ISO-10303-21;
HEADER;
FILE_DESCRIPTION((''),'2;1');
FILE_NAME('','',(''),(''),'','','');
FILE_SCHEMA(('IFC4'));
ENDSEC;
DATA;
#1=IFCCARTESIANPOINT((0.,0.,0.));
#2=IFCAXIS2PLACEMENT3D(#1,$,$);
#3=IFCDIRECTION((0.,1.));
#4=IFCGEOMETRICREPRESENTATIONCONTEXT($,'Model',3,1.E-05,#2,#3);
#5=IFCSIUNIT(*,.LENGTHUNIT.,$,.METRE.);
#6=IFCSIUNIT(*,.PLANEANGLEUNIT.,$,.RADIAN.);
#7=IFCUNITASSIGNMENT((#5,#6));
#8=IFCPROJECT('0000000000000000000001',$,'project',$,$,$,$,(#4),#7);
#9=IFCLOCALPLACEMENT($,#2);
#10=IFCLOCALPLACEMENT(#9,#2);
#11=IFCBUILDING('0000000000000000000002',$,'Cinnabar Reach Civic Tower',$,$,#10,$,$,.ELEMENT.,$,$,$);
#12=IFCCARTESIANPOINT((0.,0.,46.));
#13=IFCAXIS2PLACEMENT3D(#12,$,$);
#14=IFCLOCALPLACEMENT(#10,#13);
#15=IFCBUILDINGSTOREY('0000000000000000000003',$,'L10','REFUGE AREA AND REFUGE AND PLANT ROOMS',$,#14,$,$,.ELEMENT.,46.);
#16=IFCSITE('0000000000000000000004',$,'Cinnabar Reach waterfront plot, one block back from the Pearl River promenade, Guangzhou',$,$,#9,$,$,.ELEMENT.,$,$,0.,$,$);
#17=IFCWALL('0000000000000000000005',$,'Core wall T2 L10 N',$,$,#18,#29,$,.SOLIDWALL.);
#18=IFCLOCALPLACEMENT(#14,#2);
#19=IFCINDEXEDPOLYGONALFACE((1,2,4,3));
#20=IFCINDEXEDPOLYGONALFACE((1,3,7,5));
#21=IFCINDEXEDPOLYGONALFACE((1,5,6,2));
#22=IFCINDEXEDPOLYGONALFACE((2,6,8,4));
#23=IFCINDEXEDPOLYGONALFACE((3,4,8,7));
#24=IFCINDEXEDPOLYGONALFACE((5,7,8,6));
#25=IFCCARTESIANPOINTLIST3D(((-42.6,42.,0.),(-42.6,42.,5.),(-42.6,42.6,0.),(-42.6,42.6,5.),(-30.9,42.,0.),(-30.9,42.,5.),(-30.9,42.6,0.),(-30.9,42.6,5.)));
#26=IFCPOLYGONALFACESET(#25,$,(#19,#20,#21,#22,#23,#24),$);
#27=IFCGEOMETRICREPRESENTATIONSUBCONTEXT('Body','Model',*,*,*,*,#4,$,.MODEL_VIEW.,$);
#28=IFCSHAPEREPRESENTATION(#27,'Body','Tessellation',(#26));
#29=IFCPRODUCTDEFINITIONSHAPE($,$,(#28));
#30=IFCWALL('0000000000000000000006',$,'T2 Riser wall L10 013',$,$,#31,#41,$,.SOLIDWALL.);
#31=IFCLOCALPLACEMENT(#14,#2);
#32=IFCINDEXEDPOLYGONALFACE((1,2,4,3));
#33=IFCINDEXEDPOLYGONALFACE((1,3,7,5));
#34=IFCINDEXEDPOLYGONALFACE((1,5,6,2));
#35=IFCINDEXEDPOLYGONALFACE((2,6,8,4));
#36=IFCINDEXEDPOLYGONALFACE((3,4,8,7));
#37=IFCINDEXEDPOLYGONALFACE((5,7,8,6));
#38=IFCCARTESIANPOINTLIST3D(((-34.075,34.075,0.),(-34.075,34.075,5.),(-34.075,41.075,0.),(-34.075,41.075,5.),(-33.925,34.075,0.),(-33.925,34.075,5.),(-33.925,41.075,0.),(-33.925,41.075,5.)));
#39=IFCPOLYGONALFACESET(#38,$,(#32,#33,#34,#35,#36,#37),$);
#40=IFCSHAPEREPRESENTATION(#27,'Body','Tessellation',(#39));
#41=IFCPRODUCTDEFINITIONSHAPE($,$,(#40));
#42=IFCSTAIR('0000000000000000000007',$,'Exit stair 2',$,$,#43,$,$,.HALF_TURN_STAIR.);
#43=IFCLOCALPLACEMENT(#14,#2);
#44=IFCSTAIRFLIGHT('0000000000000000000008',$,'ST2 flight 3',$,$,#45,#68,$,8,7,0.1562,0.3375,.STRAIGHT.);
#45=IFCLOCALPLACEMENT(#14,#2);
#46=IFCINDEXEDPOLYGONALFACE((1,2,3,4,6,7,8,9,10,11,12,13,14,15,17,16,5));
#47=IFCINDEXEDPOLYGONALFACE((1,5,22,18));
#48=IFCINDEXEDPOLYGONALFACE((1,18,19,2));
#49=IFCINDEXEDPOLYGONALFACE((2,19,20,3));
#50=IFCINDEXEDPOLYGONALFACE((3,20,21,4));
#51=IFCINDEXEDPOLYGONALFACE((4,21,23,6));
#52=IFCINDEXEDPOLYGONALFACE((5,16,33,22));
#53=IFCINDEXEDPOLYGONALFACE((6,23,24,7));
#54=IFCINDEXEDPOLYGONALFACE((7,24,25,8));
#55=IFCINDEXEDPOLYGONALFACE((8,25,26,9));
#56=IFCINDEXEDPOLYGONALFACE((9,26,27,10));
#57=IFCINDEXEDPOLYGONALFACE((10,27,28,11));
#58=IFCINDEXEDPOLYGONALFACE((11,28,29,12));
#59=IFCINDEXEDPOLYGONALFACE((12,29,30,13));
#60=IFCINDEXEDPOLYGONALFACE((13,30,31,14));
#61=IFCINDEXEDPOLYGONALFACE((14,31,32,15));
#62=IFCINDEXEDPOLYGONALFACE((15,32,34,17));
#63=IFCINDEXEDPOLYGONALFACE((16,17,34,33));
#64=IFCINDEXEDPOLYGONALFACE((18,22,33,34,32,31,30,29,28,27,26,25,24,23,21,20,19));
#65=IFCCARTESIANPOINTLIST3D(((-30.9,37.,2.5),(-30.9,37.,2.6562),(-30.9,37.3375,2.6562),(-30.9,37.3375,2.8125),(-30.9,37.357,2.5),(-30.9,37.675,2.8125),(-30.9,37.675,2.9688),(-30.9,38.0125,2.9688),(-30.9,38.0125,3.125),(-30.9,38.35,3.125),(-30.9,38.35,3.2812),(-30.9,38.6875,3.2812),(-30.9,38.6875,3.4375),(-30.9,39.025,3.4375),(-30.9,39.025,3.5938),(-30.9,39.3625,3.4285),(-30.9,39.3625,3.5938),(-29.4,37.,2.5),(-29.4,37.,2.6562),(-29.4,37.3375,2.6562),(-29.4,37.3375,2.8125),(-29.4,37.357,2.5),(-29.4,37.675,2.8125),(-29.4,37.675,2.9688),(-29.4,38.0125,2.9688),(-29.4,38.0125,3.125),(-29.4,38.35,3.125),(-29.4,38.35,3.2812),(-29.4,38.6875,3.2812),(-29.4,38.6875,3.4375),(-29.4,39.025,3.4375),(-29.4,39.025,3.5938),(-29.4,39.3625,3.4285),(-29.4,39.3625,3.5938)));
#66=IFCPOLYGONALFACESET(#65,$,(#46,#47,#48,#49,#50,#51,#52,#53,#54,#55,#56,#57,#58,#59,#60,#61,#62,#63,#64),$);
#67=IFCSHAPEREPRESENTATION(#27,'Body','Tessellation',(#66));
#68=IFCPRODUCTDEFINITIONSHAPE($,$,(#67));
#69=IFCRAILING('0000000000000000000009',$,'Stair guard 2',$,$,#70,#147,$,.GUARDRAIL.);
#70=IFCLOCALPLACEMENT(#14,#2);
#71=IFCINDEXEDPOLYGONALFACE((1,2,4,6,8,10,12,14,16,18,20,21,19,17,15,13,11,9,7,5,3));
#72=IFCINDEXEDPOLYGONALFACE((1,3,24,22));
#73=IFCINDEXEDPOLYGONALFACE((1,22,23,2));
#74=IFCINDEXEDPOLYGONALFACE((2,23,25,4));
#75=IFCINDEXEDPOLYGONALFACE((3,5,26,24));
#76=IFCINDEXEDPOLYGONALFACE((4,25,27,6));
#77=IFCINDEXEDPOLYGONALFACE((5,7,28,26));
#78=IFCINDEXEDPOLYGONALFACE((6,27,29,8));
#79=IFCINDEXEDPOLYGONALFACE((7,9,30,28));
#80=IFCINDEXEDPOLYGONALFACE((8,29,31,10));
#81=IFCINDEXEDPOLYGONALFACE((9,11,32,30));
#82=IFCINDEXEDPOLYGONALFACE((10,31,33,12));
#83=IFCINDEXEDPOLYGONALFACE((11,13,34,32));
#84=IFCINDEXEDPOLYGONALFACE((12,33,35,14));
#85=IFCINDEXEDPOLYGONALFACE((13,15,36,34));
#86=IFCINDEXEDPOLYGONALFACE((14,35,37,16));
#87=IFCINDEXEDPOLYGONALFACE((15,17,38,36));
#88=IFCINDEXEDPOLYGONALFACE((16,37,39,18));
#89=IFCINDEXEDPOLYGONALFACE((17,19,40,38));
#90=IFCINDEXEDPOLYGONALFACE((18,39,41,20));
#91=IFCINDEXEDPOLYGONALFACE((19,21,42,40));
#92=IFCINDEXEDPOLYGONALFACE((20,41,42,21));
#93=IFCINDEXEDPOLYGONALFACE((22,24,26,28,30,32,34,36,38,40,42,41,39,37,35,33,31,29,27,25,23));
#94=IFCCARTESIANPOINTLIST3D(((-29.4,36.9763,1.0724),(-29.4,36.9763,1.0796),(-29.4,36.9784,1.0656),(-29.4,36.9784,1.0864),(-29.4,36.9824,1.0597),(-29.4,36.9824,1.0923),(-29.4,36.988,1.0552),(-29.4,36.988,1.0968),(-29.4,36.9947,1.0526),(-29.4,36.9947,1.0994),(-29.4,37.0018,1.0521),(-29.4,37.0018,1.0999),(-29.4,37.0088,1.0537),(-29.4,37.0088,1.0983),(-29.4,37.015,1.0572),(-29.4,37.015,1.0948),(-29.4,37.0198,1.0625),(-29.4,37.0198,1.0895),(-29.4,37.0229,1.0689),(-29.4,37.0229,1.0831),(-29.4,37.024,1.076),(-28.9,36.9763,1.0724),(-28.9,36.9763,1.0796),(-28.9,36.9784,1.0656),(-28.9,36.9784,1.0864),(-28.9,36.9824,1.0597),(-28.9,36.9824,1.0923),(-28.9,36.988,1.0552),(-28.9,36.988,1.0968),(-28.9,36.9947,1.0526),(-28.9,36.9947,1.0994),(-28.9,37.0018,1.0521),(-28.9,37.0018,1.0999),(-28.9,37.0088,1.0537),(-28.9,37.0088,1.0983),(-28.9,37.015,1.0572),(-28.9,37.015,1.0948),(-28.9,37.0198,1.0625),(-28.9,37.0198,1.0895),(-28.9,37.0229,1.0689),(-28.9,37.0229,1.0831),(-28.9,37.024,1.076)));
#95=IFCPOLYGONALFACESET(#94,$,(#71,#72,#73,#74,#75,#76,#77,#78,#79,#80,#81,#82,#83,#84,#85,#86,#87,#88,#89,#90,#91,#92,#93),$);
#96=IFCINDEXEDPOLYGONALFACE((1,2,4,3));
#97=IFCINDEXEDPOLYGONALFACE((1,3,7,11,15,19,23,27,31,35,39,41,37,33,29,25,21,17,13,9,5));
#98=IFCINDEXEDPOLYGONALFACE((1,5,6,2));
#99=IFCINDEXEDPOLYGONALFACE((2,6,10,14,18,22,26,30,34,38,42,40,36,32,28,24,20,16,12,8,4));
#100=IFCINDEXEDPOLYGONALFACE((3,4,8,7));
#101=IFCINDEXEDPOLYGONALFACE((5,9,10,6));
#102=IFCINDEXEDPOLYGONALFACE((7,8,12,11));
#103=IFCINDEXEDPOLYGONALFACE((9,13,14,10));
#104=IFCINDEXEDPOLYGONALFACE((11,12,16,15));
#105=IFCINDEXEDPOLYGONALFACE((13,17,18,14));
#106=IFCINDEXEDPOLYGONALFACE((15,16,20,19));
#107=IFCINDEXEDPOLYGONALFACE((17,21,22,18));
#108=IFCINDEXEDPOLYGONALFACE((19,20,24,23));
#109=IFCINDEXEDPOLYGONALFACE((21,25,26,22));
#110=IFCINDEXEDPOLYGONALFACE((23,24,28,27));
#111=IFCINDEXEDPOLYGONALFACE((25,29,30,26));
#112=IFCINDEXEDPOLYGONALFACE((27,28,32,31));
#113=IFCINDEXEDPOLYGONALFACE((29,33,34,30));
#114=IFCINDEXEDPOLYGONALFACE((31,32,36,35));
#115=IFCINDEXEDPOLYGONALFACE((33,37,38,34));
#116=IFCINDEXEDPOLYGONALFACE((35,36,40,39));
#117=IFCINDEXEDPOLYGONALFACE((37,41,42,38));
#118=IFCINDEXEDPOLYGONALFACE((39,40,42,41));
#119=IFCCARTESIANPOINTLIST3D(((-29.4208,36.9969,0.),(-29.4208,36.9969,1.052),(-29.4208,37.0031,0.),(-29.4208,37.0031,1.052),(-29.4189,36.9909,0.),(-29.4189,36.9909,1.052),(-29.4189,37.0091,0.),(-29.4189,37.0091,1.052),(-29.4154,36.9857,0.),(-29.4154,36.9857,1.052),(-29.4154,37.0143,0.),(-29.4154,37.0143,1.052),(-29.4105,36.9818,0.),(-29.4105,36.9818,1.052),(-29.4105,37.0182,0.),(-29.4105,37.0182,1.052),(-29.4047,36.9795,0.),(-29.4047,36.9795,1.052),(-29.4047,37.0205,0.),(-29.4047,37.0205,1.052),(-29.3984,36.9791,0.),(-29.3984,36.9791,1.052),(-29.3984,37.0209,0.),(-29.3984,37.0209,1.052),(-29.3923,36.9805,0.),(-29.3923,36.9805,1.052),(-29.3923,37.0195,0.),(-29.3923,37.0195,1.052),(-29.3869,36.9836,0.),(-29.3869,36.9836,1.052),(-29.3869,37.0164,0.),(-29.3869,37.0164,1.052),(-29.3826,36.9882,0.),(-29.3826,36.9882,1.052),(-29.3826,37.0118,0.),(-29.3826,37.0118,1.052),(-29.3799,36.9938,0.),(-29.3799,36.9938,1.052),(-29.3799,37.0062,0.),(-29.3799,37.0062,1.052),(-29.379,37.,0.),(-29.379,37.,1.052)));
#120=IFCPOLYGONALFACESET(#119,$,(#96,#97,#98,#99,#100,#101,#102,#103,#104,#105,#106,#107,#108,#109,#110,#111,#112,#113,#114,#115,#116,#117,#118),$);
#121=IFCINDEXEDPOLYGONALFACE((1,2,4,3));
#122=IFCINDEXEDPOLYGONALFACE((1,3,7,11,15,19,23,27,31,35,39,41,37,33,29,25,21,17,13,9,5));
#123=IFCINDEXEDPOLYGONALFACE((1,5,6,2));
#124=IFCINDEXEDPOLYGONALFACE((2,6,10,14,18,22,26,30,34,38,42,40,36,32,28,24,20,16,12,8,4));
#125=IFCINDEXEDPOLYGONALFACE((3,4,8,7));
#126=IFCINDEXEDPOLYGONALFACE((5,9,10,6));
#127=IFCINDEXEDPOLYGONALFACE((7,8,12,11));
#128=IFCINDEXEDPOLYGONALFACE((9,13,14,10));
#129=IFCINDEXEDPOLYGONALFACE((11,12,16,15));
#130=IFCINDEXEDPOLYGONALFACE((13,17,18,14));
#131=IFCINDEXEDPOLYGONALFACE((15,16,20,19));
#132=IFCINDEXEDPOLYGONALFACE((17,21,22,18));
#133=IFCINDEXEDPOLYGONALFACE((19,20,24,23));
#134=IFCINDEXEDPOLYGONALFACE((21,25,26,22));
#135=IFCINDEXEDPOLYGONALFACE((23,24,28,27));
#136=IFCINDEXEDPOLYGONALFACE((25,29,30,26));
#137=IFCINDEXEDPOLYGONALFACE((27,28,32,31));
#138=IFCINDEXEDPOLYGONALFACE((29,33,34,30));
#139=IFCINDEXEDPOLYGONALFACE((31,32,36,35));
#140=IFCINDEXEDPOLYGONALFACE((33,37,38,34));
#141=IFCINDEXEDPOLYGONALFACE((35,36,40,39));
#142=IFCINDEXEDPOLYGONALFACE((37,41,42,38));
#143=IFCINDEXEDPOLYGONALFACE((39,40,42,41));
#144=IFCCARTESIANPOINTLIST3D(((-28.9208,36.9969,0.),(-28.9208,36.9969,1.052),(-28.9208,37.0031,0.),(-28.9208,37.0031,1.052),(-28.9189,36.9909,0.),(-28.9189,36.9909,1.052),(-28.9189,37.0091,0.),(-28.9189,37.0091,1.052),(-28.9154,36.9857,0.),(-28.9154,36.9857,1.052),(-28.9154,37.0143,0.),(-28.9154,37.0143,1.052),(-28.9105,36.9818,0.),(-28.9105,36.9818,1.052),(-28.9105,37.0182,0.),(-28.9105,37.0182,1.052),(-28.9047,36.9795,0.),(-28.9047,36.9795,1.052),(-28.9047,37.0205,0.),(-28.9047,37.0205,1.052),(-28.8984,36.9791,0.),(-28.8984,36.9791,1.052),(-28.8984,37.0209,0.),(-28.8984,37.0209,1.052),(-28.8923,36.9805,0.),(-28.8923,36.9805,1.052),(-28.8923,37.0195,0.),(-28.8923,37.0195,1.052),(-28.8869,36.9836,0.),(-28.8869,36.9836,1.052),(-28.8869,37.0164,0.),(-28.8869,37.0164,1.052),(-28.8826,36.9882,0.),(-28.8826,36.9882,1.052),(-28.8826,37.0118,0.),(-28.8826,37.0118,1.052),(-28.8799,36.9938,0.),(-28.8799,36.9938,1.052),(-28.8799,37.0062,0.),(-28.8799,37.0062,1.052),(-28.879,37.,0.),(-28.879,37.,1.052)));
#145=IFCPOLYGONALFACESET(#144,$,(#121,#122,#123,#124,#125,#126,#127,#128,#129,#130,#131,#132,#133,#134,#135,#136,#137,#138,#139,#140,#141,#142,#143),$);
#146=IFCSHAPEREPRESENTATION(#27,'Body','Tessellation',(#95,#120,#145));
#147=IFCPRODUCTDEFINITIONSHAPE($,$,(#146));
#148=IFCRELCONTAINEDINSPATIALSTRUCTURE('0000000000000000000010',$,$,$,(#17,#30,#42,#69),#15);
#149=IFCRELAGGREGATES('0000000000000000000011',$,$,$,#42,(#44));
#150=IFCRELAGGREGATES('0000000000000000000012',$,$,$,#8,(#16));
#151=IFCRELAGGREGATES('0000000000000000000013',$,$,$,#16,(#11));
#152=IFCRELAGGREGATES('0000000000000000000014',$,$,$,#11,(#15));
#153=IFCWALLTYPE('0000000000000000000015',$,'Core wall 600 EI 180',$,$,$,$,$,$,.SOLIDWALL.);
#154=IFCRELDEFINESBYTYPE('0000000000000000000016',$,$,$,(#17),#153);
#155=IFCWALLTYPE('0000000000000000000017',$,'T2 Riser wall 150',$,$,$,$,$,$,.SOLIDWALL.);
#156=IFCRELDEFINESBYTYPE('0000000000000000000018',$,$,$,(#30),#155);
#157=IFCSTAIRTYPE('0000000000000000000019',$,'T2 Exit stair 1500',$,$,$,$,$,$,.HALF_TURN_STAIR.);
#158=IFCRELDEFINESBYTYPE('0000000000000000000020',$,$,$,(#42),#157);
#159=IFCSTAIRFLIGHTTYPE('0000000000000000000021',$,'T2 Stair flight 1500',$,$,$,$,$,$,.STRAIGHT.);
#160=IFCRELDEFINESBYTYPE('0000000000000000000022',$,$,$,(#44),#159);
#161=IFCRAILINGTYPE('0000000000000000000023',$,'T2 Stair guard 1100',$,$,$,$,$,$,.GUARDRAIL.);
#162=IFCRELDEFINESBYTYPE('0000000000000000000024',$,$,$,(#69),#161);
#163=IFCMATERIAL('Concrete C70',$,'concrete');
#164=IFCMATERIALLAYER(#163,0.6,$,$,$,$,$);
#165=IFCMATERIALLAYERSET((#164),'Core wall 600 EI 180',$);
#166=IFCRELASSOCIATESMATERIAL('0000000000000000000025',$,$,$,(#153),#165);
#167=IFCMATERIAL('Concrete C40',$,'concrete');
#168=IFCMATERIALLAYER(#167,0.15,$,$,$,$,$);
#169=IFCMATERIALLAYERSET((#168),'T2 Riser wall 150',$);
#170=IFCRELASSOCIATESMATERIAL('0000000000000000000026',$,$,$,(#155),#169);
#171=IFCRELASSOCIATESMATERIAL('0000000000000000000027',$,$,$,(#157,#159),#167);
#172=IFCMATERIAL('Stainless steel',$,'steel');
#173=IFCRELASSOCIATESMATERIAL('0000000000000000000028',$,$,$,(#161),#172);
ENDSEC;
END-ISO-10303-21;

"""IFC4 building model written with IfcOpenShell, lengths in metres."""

from ifc_helpers import new_model, si_unit, direction, frame, frame_2d, origin, origin_2d, place, context, subcontext, project, spatial, polyline, rectangle, circle, outline, extrude, material, layer, layer_set, type_object, element, aggregate, save


model = new_model("IFC4")

# Units and contexts
model_context = context("Model", 3, precision=1e-05, world=origin(), true_north=direction((0.0, 1.0)))
body_context = subcontext(model_context, "Body", "Model", "MODEL_VIEW")
ifc_project = project(units=[si_unit("LENGTHUNIT", "METRE"), si_unit("PLANEANGLEUNIT", "RADIAN")], contexts=[model_context])

# Site, building, storey
site_placement = place(None, origin())
site = spatial("IfcSite", under=ifc_project, at=site_placement, Name="Cinnabar Reach waterfront plot, one block back from the Pearl River promenade, Guangzhou", CompositionType="ELEMENT", RefElevation=0.0)
building_placement = place(site_placement, origin())
building = spatial("IfcBuilding", under=site, at=building_placement, Name="Cinnabar Reach Civic Tower", CompositionType="ELEMENT")
storey_placement = place(building_placement, frame((0.0, 0.0, 46.0)))
storey = spatial("IfcBuildingStorey", under=building, at=storey_placement, Name="L10", Description="REFUGE AREA AND REFUGE AND PLANT ROOMS", CompositionType="ELEMENT", Elevation=46.0)

# Walls
ifc_material_1 = material(Name="Concrete C70", Category="concrete")
ifc_layer_1 = layer(ifc_material_1, 0.6)
ifc_layer_set_1 = layer_set([ifc_layer_1], Name="Core wall 600 EI 180")
wall_type_1 = type_object("IfcWallType", Name="Core wall 600 EI 180", PredefinedType="SOLIDWALL", material=ifc_layer_set_1)
wall_1_placement = place(storey_placement, frame((-30.9, 42.3, 0.0), z_axis=(0.0, 0.0, 1.0), x_axis=(-1.0, 0.0, 0.0)))
element("IfcWall", 1, at=wall_1_placement, inside=storey, type_object=wall_type_1, Name="Core wall T2 L10 N", PredefinedType="SOLIDWALL", context=body_context, shape_type="SweptSolid", body=[
    extrude(rectangle(XDim=11.7, YDim=0.6, at=frame_2d((5.85, 0.0))), origin(), (0.0, 0.0, 1.0), 5.0),
])
ifc_material_2 = material(Name="Concrete C40", Category="concrete")
ifc_layer_2 = layer(ifc_material_2, 0.15)
ifc_layer_set_2 = layer_set([ifc_layer_2], Name="T2 Riser wall 150")
wall_type_2 = type_object("IfcWallType", Name="T2 Riser wall 150", PredefinedType="SOLIDWALL", material=ifc_layer_set_2)
wall_2_placement = place(storey_placement, frame((-34.0, 41.075, 0.0), z_axis=(0.0, 0.0, 1.0), x_axis=(0.0, -1.0, 0.0)))
element("IfcWall", 2, at=wall_2_placement, inside=storey, type_object=wall_type_2, Name="T2 Riser wall L10 013", PredefinedType="SOLIDWALL", context=body_context, shape_type="SweptSolid", body=[
    extrude(rectangle(XDim=7.0, YDim=0.15, at=frame_2d((3.5, 0.0))), origin(), (0.0, 0.0, 1.0), 5.0),
])

# Stair, stair flight
stair_type = type_object("IfcStairType", Name="T2 Exit stair 1500", PredefinedType="HALF_TURN_STAIR", material=ifc_material_2)
stair_placement = place(storey_placement, origin())
stair = element("IfcStair", 3, at=stair_placement, inside=storey, type_object=stair_type, Name="Exit stair 2", PredefinedType="HALF_TURN_STAIR")
stair_flight_type = type_object("IfcStairFlightType", Name="T2 Stair flight 1500", PredefinedType="STRAIGHT", material=ifc_material_2)
stair_flight_placement = place(storey_placement, frame((-30.15, 37.0, 2.5), z_axis=(0.0, 0.0, 1.0), x_axis=(0.0, 1.0, 0.0)))
stair_flight = element("IfcStairFlight", 4, at=stair_flight_placement, type_object=stair_flight_type, Name="ST2 flight 3", NumberOfRisers=8, NumberOfTreads=7, PredefinedType="STRAIGHT", RiserHeight=0.1562, TreadLength=0.3375, context=body_context, shape_type="SweptSolid", body=[
    extrude(outline(polyline([(0.0, 0.0), (0.0, 0.1562), (0.3375, 0.1562), (0.3375, 0.3125), (0.675, 0.3125), (0.675, 0.4688), (1.0125, 0.4688), (1.0125, 0.625), (1.35, 0.625), (1.35, 0.7812), (1.6875, 0.7812), (1.6875, 0.9375), (2.025, 0.9375), (2.025, 1.0938), (2.3625, 1.0938), (2.3625, 1.25), (2.3625, 0.9285), (0.357, 0.0), (0.0, 0.0)])), frame((0.0, 0.75, 0.0), z_axis=(0.0, -1.0, 0.0), x_axis=(1.0, 0.0, 0.0)), (0.0, 0.0, 1.0), 1.5),
])
aggregate(stair, [stair_flight])

# Railing
ifc_material_3 = material(Name="Stainless steel", Category="steel")
railing_type = type_object("IfcRailingType", Name="T2 Stair guard 1100", PredefinedType="GUARDRAIL", material=ifc_material_3)
for number, where, name in (
    (5, (-29.4, 37.0, 0.0), "Stair guard 2"),
):
    element("IfcRailing", number, at=place(storey_placement, frame(where)), inside=storey, type_object=railing_type, Name=name, PredefinedType="GUARDRAIL", context=body_context, shape_type="SweptSolid", body=[
        extrude(circle(Radius=0.024, at=origin_2d()), frame((0.0, 0.0, 1.076), z_axis=(1.0, 0.0, 0.0), x_axis=(0.0, 1.0, 0.0)), (0.0, 0.0, 1.0), 0.5),
        extrude(circle(Radius=0.021, at=origin_2d()), origin(), (0.0, 0.0, 1.0), 1.052),
        extrude(circle(Radius=0.021, at=origin_2d()), frame((0.5, 0.0, 0.0)), (0.0, 0.0, 1.0), 1.052),
    ])

save(model, "model.ifc")
